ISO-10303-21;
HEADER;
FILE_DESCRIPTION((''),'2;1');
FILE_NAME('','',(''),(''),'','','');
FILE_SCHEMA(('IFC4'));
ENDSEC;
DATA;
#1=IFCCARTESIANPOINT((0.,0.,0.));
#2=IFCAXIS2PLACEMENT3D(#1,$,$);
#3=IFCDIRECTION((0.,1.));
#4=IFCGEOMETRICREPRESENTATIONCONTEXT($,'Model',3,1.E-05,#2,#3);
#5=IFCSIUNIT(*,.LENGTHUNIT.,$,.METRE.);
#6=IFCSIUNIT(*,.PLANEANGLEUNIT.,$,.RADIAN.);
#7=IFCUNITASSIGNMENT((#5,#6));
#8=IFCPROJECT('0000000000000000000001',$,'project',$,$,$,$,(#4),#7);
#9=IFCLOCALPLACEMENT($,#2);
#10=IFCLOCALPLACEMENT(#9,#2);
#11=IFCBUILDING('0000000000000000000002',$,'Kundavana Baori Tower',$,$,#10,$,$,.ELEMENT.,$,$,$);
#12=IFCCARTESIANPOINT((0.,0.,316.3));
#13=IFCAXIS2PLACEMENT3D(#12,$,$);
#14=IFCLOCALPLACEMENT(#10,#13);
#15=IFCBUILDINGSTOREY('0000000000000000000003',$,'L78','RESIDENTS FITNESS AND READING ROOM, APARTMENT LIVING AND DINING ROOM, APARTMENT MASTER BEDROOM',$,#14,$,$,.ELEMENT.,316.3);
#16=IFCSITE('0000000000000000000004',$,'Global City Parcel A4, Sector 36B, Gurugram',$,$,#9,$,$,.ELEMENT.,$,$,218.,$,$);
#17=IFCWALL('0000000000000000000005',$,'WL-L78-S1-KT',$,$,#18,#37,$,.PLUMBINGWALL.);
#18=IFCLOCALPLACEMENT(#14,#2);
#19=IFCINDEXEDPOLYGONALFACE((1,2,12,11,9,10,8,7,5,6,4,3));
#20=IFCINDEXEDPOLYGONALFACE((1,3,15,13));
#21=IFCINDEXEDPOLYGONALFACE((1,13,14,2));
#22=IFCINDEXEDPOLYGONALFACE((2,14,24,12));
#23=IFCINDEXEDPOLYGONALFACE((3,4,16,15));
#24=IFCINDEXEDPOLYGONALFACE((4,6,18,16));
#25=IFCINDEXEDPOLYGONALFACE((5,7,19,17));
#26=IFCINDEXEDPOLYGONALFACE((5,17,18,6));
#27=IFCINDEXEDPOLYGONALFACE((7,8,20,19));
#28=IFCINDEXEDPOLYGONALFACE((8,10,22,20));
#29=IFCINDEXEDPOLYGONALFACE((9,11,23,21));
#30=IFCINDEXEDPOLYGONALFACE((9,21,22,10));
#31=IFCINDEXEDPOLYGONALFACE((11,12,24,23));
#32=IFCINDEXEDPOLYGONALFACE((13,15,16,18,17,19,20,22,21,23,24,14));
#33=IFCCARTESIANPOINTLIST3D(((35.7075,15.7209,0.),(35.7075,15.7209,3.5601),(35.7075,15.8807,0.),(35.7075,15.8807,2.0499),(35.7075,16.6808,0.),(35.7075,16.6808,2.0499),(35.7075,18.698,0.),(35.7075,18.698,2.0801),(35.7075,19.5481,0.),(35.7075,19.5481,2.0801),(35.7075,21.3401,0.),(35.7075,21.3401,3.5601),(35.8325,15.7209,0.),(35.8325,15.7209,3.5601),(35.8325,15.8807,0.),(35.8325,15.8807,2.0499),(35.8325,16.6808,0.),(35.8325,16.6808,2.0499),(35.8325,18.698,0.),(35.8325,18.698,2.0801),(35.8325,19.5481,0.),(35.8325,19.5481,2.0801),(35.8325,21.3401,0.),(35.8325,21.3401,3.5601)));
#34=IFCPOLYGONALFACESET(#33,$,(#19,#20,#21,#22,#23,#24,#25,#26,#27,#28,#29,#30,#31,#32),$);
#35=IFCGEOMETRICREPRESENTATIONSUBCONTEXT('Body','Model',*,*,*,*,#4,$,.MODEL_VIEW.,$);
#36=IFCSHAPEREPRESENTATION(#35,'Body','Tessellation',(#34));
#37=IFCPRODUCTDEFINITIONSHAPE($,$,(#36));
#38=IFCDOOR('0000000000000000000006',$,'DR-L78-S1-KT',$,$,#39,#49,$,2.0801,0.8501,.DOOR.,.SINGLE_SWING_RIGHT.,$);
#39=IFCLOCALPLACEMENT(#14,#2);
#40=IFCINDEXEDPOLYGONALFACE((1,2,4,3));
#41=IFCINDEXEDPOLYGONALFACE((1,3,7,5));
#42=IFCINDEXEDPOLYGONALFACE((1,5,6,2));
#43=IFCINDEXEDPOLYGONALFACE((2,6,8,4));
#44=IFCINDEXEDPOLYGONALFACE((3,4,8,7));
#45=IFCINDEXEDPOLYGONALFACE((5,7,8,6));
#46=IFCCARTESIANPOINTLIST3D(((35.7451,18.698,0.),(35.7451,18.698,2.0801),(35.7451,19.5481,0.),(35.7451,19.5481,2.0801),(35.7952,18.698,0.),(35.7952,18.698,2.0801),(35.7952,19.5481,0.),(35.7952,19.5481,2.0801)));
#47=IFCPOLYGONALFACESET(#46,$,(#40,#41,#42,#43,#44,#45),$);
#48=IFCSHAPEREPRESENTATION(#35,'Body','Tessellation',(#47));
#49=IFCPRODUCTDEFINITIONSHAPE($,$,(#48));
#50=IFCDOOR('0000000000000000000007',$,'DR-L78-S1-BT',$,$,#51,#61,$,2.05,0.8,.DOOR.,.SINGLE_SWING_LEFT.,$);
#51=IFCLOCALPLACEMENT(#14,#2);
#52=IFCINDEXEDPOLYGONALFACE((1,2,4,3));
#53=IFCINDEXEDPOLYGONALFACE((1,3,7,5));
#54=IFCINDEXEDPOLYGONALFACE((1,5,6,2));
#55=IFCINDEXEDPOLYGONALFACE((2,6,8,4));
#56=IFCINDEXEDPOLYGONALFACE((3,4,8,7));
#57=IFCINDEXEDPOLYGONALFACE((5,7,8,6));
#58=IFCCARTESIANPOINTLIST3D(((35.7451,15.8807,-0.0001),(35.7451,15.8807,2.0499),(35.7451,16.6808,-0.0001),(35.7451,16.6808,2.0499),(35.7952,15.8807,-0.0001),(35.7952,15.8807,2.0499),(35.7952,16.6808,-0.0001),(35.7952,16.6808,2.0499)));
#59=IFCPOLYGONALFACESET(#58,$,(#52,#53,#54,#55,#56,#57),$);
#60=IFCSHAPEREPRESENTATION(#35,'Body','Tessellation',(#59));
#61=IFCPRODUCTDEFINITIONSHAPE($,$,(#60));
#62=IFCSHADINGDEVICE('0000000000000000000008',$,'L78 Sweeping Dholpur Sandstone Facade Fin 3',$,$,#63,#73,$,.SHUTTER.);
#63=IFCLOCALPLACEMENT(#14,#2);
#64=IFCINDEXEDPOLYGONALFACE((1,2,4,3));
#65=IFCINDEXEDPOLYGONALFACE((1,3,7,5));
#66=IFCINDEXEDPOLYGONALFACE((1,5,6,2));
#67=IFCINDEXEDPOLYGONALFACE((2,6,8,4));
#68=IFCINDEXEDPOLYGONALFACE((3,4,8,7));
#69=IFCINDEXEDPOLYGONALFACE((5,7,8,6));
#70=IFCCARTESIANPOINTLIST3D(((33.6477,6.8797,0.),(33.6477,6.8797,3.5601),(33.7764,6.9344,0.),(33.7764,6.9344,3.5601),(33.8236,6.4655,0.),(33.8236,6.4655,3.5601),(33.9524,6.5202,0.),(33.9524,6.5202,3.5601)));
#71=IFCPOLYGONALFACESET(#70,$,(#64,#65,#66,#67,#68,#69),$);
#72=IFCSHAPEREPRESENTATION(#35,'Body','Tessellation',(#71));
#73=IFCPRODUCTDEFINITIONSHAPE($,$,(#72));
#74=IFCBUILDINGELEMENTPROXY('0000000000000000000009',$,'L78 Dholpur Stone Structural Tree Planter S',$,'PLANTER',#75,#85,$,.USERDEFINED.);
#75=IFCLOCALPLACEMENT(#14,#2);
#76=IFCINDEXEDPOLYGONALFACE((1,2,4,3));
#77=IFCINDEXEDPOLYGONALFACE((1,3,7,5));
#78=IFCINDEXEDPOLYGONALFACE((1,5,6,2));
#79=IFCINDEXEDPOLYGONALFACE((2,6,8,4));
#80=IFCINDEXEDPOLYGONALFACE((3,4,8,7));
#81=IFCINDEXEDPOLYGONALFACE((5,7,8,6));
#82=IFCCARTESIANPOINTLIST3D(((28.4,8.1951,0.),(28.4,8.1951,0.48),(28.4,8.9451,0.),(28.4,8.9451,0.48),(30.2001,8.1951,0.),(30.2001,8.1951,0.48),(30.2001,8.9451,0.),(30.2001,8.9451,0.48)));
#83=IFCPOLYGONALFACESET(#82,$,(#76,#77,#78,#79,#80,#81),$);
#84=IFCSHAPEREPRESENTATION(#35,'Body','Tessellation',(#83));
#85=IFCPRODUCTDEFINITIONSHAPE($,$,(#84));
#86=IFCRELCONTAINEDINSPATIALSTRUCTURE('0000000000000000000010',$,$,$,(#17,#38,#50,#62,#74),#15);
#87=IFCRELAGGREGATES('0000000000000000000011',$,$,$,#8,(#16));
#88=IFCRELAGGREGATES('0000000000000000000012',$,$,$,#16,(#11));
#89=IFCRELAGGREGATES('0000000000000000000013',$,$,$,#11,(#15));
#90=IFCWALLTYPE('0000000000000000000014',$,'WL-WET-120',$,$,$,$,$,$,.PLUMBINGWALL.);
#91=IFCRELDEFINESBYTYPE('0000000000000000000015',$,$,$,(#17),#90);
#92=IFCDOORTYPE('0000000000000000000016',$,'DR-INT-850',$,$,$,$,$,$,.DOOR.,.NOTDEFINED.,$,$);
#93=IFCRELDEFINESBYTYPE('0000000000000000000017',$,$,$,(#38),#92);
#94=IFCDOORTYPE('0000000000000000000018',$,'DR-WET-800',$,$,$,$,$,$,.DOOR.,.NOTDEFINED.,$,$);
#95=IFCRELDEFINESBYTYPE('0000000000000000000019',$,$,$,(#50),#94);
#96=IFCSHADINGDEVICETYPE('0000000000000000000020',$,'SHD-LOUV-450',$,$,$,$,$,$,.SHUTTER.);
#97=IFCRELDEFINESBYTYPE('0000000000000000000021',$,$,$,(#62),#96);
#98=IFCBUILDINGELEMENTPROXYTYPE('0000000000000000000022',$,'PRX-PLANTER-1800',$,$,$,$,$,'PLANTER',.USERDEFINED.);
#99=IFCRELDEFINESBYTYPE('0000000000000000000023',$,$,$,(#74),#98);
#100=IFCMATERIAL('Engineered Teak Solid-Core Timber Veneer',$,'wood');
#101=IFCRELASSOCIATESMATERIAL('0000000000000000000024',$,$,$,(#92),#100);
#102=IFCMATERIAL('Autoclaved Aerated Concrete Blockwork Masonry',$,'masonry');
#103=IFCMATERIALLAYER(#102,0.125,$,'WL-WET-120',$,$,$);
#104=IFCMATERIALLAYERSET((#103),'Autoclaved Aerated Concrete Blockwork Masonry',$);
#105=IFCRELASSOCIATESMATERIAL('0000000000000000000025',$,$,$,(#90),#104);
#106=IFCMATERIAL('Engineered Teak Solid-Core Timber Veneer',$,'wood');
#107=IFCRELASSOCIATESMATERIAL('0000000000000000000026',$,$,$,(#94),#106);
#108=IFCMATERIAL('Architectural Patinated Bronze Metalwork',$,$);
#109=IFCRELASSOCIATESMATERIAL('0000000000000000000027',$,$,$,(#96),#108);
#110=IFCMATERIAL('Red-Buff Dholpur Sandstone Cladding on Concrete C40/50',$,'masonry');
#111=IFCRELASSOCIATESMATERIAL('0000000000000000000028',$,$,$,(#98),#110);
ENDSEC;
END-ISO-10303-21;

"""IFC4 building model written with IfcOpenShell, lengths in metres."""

from ifc_helpers import new_model, si_unit, direction, frame, frame_2d, origin, origin_2d, place, context, subcontext, project, spatial, rectangle, extrude, material, layer, layer_set, type_object, element, fill, save


model = new_model("IFC4")

# Units and contexts
model_context = context("Model", 3, precision=1e-05, world=origin(), true_north=direction((0.0, 1.0)))
body_context = subcontext(model_context, "Body", "Model", "MODEL_VIEW")
ifc_project = project(units=[si_unit("LENGTHUNIT", "METRE"), si_unit("PLANEANGLEUNIT", "RADIAN")], contexts=[model_context])

# Site, building, storey
site_placement = place(None, origin())
site = spatial("IfcSite", under=ifc_project, at=site_placement, Name="Global City Parcel A4, Sector 36B, Gurugram", CompositionType="ELEMENT", RefElevation=218.0)
building_placement = place(site_placement, origin())
building = spatial("IfcBuilding", under=site, at=building_placement, Name="Kundavana Baori Tower", CompositionType="ELEMENT")
storey_placement = place(building_placement, frame((0.0, 0.0, 316.3)))
storey = spatial("IfcBuildingStorey", under=building, at=storey_placement, Name="L78", Description="RESIDENTS FITNESS AND READING ROOM, APARTMENT LIVING AND DINING ROOM, APARTMENT MASTER BEDROOM", CompositionType="ELEMENT", Elevation=316.3)

# Shared definitions
ifc_material_1 = material(Name="Engineered Teak Solid-Core Timber Veneer", Category="wood")
door_type_1 = type_object("IfcDoorType", Name="DR-INT-850", OperationType="NOTDEFINED", PredefinedType="DOOR", material=ifc_material_1)

# Wall, openings, doors
ifc_material_2 = material(Name="Autoclaved Aerated Concrete Blockwork Masonry", Category="masonry")
ifc_layer_1 = layer(ifc_material_2, 0.125, Name="WL-WET-120")
ifc_layer_set_1 = layer_set([ifc_layer_1], Name="Autoclaved Aerated Concrete Blockwork Masonry")
wall_type_1 = type_object("IfcWallType", Name="WL-WET-120", PredefinedType="PLUMBINGWALL", material=ifc_layer_set_1)
wall_1_placement = place(storey_placement, frame((35.77, 15.7209, 0.0), z_axis=(0.0, 0.0, 1.0), x_axis=(0.0, 1.0, 0.0)))
wall_1 = element("IfcWall", 1, at=wall_1_placement, inside=storey, type_object=wall_type_1, Name="WL-L78-S1-KT", PredefinedType="PLUMBINGWALL", context=body_context, shape_type="SweptSolid", body=[
    extrude(rectangle(XDim=5.6191, YDim=0.125, at=frame_2d((2.8096, 0.0))), origin(), (0.0, 0.0, 1.0), 3.5601),
])
opening_1_placement = place(wall_1_placement, frame((0.1599, 0.0, 0.0)))
opening_1 = element("IfcOpeningElement", 2, at=opening_1_placement, cuts=wall_1, PredefinedType="OPENING", context=body_context, shape_type="SweptSolid", body=[
    extrude(rectangle(XDim=0.8, YDim=2.05, at=frame_2d((0.3999, 1.0249))), frame((0.0, 0.0725, 0.0), z_axis=(0.0, -1.0, 0.0), x_axis=(1.0, 0.0, 0.0)), (0.0, 0.0, 1.0), 0.145),
])
opening_2_placement = place(wall_1_placement, frame((2.9771, 0.0, 0.0)))
opening_2 = element("IfcOpeningElement", 3, at=opening_2_placement, cuts=wall_1, PredefinedType="OPENING", context=body_context, shape_type="SweptSolid", body=[
    extrude(rectangle(XDim=0.8501, YDim=2.0801, at=frame_2d((0.425, 1.04))), frame((0.0, 0.0725, 0.0), z_axis=(0.0, -1.0, 0.0), x_axis=(1.0, 0.0, 0.0)), (0.0, 0.0, 1.0), 0.145),
])
door_1_placement = place(opening_2_placement, origin())
door_1 = element("IfcDoor", 4, at=door_1_placement, inside=storey, type_object=door_type_1, Name="DR-L78-S1-KT", OperationType="SINGLE_SWING_RIGHT", OverallHeight=2.0801, OverallWidth=0.8501, PredefinedType="DOOR", context=body_context, shape_type="SweptSolid", body=[
    extrude(rectangle(XDim=0.8501, YDim=2.0801, at=frame_2d((0.425, 1.04))), frame((0.0, 0.0249, 0.0), z_axis=(0.0, -1.0, 0.0), x_axis=(1.0, 0.0, 0.0)), (0.0, 0.0, 1.0), 0.05),
])
fill(opening_2, door_1)
ifc_material_3 = material(Name="Engineered Teak Solid-Core Timber Veneer", Category="wood")
door_type_2 = type_object("IfcDoorType", Name="DR-WET-800", OperationType="NOTDEFINED", PredefinedType="DOOR", material=ifc_material_3)
door_2_placement = place(opening_1_placement, origin())
door_2 = element("IfcDoor", 5, at=door_2_placement, inside=storey, type_object=door_type_2, Name="DR-L78-S1-BT", OperationType="SINGLE_SWING_LEFT", OverallHeight=2.05, OverallWidth=0.8, PredefinedType="DOOR", context=body_context, shape_type="SweptSolid", body=[
    extrude(rectangle(XDim=0.8, YDim=2.05, at=frame_2d((0.3999, 1.0249))), frame((0.0, 0.0249, 0.0), z_axis=(0.0, -1.0, 0.0), x_axis=(1.0, 0.0, 0.0)), (0.0, 0.0, 1.0), 0.05),
])
fill(opening_1, door_2)

# Shading device
ifc_material_4 = material(Name="Architectural Patinated Bronze Metalwork")
shading_device_type = type_object("IfcShadingDeviceType", Name="SHD-LOUV-450", PredefinedType="SHUTTER", material=ifc_material_4)
shading_device_placement = place(storey_placement, frame((33.8, 6.7, 0.0), z_axis=(0.0, 0.0, 1.0), x_axis=(0.920368, 0.391052, 0.0)))
element("IfcShadingDevice", 6, at=shading_device_placement, inside=storey, type_object=shading_device_type, Name="L78 Sweeping Dholpur Sandstone Facade Fin 3", PredefinedType="SHUTTER", context=body_context, shape_type="SweptSolid", body=[
    extrude(rectangle(XDim=0.1399, YDim=0.45, at=origin_2d()), origin(), (0.0, 0.0, 1.0), 3.5601),
])

# Building element proxy
ifc_material_5 = material(Name="Red-Buff Dholpur Sandstone Cladding on Concrete C40/50", Category="masonry")
building_element_proxy_type = type_object("IfcBuildingElementProxyType", Name="PRX-PLANTER-1800", ElementType="PLANTER", PredefinedType="USERDEFINED", material=ifc_material_5)
proxy_placement = place(storey_placement, frame((29.3, 8.5701, 0.0), z_axis=(0.0, 0.0, 1.0), x_axis=(1.0, 0.0, 0.0)))
element("IfcBuildingElementProxy", 7, at=proxy_placement, inside=storey, type_object=building_element_proxy_type, Name="L78 Dholpur Stone Structural Tree Planter S", ObjectType="PLANTER", PredefinedType="USERDEFINED", context=body_context, shape_type="SweptSolid", body=[
    extrude(rectangle(XDim=1.8, YDim=0.75, at=origin_2d()), origin(), (0.0, 0.0, 1.0), 0.48),
])

save(model, "model.ifc")
